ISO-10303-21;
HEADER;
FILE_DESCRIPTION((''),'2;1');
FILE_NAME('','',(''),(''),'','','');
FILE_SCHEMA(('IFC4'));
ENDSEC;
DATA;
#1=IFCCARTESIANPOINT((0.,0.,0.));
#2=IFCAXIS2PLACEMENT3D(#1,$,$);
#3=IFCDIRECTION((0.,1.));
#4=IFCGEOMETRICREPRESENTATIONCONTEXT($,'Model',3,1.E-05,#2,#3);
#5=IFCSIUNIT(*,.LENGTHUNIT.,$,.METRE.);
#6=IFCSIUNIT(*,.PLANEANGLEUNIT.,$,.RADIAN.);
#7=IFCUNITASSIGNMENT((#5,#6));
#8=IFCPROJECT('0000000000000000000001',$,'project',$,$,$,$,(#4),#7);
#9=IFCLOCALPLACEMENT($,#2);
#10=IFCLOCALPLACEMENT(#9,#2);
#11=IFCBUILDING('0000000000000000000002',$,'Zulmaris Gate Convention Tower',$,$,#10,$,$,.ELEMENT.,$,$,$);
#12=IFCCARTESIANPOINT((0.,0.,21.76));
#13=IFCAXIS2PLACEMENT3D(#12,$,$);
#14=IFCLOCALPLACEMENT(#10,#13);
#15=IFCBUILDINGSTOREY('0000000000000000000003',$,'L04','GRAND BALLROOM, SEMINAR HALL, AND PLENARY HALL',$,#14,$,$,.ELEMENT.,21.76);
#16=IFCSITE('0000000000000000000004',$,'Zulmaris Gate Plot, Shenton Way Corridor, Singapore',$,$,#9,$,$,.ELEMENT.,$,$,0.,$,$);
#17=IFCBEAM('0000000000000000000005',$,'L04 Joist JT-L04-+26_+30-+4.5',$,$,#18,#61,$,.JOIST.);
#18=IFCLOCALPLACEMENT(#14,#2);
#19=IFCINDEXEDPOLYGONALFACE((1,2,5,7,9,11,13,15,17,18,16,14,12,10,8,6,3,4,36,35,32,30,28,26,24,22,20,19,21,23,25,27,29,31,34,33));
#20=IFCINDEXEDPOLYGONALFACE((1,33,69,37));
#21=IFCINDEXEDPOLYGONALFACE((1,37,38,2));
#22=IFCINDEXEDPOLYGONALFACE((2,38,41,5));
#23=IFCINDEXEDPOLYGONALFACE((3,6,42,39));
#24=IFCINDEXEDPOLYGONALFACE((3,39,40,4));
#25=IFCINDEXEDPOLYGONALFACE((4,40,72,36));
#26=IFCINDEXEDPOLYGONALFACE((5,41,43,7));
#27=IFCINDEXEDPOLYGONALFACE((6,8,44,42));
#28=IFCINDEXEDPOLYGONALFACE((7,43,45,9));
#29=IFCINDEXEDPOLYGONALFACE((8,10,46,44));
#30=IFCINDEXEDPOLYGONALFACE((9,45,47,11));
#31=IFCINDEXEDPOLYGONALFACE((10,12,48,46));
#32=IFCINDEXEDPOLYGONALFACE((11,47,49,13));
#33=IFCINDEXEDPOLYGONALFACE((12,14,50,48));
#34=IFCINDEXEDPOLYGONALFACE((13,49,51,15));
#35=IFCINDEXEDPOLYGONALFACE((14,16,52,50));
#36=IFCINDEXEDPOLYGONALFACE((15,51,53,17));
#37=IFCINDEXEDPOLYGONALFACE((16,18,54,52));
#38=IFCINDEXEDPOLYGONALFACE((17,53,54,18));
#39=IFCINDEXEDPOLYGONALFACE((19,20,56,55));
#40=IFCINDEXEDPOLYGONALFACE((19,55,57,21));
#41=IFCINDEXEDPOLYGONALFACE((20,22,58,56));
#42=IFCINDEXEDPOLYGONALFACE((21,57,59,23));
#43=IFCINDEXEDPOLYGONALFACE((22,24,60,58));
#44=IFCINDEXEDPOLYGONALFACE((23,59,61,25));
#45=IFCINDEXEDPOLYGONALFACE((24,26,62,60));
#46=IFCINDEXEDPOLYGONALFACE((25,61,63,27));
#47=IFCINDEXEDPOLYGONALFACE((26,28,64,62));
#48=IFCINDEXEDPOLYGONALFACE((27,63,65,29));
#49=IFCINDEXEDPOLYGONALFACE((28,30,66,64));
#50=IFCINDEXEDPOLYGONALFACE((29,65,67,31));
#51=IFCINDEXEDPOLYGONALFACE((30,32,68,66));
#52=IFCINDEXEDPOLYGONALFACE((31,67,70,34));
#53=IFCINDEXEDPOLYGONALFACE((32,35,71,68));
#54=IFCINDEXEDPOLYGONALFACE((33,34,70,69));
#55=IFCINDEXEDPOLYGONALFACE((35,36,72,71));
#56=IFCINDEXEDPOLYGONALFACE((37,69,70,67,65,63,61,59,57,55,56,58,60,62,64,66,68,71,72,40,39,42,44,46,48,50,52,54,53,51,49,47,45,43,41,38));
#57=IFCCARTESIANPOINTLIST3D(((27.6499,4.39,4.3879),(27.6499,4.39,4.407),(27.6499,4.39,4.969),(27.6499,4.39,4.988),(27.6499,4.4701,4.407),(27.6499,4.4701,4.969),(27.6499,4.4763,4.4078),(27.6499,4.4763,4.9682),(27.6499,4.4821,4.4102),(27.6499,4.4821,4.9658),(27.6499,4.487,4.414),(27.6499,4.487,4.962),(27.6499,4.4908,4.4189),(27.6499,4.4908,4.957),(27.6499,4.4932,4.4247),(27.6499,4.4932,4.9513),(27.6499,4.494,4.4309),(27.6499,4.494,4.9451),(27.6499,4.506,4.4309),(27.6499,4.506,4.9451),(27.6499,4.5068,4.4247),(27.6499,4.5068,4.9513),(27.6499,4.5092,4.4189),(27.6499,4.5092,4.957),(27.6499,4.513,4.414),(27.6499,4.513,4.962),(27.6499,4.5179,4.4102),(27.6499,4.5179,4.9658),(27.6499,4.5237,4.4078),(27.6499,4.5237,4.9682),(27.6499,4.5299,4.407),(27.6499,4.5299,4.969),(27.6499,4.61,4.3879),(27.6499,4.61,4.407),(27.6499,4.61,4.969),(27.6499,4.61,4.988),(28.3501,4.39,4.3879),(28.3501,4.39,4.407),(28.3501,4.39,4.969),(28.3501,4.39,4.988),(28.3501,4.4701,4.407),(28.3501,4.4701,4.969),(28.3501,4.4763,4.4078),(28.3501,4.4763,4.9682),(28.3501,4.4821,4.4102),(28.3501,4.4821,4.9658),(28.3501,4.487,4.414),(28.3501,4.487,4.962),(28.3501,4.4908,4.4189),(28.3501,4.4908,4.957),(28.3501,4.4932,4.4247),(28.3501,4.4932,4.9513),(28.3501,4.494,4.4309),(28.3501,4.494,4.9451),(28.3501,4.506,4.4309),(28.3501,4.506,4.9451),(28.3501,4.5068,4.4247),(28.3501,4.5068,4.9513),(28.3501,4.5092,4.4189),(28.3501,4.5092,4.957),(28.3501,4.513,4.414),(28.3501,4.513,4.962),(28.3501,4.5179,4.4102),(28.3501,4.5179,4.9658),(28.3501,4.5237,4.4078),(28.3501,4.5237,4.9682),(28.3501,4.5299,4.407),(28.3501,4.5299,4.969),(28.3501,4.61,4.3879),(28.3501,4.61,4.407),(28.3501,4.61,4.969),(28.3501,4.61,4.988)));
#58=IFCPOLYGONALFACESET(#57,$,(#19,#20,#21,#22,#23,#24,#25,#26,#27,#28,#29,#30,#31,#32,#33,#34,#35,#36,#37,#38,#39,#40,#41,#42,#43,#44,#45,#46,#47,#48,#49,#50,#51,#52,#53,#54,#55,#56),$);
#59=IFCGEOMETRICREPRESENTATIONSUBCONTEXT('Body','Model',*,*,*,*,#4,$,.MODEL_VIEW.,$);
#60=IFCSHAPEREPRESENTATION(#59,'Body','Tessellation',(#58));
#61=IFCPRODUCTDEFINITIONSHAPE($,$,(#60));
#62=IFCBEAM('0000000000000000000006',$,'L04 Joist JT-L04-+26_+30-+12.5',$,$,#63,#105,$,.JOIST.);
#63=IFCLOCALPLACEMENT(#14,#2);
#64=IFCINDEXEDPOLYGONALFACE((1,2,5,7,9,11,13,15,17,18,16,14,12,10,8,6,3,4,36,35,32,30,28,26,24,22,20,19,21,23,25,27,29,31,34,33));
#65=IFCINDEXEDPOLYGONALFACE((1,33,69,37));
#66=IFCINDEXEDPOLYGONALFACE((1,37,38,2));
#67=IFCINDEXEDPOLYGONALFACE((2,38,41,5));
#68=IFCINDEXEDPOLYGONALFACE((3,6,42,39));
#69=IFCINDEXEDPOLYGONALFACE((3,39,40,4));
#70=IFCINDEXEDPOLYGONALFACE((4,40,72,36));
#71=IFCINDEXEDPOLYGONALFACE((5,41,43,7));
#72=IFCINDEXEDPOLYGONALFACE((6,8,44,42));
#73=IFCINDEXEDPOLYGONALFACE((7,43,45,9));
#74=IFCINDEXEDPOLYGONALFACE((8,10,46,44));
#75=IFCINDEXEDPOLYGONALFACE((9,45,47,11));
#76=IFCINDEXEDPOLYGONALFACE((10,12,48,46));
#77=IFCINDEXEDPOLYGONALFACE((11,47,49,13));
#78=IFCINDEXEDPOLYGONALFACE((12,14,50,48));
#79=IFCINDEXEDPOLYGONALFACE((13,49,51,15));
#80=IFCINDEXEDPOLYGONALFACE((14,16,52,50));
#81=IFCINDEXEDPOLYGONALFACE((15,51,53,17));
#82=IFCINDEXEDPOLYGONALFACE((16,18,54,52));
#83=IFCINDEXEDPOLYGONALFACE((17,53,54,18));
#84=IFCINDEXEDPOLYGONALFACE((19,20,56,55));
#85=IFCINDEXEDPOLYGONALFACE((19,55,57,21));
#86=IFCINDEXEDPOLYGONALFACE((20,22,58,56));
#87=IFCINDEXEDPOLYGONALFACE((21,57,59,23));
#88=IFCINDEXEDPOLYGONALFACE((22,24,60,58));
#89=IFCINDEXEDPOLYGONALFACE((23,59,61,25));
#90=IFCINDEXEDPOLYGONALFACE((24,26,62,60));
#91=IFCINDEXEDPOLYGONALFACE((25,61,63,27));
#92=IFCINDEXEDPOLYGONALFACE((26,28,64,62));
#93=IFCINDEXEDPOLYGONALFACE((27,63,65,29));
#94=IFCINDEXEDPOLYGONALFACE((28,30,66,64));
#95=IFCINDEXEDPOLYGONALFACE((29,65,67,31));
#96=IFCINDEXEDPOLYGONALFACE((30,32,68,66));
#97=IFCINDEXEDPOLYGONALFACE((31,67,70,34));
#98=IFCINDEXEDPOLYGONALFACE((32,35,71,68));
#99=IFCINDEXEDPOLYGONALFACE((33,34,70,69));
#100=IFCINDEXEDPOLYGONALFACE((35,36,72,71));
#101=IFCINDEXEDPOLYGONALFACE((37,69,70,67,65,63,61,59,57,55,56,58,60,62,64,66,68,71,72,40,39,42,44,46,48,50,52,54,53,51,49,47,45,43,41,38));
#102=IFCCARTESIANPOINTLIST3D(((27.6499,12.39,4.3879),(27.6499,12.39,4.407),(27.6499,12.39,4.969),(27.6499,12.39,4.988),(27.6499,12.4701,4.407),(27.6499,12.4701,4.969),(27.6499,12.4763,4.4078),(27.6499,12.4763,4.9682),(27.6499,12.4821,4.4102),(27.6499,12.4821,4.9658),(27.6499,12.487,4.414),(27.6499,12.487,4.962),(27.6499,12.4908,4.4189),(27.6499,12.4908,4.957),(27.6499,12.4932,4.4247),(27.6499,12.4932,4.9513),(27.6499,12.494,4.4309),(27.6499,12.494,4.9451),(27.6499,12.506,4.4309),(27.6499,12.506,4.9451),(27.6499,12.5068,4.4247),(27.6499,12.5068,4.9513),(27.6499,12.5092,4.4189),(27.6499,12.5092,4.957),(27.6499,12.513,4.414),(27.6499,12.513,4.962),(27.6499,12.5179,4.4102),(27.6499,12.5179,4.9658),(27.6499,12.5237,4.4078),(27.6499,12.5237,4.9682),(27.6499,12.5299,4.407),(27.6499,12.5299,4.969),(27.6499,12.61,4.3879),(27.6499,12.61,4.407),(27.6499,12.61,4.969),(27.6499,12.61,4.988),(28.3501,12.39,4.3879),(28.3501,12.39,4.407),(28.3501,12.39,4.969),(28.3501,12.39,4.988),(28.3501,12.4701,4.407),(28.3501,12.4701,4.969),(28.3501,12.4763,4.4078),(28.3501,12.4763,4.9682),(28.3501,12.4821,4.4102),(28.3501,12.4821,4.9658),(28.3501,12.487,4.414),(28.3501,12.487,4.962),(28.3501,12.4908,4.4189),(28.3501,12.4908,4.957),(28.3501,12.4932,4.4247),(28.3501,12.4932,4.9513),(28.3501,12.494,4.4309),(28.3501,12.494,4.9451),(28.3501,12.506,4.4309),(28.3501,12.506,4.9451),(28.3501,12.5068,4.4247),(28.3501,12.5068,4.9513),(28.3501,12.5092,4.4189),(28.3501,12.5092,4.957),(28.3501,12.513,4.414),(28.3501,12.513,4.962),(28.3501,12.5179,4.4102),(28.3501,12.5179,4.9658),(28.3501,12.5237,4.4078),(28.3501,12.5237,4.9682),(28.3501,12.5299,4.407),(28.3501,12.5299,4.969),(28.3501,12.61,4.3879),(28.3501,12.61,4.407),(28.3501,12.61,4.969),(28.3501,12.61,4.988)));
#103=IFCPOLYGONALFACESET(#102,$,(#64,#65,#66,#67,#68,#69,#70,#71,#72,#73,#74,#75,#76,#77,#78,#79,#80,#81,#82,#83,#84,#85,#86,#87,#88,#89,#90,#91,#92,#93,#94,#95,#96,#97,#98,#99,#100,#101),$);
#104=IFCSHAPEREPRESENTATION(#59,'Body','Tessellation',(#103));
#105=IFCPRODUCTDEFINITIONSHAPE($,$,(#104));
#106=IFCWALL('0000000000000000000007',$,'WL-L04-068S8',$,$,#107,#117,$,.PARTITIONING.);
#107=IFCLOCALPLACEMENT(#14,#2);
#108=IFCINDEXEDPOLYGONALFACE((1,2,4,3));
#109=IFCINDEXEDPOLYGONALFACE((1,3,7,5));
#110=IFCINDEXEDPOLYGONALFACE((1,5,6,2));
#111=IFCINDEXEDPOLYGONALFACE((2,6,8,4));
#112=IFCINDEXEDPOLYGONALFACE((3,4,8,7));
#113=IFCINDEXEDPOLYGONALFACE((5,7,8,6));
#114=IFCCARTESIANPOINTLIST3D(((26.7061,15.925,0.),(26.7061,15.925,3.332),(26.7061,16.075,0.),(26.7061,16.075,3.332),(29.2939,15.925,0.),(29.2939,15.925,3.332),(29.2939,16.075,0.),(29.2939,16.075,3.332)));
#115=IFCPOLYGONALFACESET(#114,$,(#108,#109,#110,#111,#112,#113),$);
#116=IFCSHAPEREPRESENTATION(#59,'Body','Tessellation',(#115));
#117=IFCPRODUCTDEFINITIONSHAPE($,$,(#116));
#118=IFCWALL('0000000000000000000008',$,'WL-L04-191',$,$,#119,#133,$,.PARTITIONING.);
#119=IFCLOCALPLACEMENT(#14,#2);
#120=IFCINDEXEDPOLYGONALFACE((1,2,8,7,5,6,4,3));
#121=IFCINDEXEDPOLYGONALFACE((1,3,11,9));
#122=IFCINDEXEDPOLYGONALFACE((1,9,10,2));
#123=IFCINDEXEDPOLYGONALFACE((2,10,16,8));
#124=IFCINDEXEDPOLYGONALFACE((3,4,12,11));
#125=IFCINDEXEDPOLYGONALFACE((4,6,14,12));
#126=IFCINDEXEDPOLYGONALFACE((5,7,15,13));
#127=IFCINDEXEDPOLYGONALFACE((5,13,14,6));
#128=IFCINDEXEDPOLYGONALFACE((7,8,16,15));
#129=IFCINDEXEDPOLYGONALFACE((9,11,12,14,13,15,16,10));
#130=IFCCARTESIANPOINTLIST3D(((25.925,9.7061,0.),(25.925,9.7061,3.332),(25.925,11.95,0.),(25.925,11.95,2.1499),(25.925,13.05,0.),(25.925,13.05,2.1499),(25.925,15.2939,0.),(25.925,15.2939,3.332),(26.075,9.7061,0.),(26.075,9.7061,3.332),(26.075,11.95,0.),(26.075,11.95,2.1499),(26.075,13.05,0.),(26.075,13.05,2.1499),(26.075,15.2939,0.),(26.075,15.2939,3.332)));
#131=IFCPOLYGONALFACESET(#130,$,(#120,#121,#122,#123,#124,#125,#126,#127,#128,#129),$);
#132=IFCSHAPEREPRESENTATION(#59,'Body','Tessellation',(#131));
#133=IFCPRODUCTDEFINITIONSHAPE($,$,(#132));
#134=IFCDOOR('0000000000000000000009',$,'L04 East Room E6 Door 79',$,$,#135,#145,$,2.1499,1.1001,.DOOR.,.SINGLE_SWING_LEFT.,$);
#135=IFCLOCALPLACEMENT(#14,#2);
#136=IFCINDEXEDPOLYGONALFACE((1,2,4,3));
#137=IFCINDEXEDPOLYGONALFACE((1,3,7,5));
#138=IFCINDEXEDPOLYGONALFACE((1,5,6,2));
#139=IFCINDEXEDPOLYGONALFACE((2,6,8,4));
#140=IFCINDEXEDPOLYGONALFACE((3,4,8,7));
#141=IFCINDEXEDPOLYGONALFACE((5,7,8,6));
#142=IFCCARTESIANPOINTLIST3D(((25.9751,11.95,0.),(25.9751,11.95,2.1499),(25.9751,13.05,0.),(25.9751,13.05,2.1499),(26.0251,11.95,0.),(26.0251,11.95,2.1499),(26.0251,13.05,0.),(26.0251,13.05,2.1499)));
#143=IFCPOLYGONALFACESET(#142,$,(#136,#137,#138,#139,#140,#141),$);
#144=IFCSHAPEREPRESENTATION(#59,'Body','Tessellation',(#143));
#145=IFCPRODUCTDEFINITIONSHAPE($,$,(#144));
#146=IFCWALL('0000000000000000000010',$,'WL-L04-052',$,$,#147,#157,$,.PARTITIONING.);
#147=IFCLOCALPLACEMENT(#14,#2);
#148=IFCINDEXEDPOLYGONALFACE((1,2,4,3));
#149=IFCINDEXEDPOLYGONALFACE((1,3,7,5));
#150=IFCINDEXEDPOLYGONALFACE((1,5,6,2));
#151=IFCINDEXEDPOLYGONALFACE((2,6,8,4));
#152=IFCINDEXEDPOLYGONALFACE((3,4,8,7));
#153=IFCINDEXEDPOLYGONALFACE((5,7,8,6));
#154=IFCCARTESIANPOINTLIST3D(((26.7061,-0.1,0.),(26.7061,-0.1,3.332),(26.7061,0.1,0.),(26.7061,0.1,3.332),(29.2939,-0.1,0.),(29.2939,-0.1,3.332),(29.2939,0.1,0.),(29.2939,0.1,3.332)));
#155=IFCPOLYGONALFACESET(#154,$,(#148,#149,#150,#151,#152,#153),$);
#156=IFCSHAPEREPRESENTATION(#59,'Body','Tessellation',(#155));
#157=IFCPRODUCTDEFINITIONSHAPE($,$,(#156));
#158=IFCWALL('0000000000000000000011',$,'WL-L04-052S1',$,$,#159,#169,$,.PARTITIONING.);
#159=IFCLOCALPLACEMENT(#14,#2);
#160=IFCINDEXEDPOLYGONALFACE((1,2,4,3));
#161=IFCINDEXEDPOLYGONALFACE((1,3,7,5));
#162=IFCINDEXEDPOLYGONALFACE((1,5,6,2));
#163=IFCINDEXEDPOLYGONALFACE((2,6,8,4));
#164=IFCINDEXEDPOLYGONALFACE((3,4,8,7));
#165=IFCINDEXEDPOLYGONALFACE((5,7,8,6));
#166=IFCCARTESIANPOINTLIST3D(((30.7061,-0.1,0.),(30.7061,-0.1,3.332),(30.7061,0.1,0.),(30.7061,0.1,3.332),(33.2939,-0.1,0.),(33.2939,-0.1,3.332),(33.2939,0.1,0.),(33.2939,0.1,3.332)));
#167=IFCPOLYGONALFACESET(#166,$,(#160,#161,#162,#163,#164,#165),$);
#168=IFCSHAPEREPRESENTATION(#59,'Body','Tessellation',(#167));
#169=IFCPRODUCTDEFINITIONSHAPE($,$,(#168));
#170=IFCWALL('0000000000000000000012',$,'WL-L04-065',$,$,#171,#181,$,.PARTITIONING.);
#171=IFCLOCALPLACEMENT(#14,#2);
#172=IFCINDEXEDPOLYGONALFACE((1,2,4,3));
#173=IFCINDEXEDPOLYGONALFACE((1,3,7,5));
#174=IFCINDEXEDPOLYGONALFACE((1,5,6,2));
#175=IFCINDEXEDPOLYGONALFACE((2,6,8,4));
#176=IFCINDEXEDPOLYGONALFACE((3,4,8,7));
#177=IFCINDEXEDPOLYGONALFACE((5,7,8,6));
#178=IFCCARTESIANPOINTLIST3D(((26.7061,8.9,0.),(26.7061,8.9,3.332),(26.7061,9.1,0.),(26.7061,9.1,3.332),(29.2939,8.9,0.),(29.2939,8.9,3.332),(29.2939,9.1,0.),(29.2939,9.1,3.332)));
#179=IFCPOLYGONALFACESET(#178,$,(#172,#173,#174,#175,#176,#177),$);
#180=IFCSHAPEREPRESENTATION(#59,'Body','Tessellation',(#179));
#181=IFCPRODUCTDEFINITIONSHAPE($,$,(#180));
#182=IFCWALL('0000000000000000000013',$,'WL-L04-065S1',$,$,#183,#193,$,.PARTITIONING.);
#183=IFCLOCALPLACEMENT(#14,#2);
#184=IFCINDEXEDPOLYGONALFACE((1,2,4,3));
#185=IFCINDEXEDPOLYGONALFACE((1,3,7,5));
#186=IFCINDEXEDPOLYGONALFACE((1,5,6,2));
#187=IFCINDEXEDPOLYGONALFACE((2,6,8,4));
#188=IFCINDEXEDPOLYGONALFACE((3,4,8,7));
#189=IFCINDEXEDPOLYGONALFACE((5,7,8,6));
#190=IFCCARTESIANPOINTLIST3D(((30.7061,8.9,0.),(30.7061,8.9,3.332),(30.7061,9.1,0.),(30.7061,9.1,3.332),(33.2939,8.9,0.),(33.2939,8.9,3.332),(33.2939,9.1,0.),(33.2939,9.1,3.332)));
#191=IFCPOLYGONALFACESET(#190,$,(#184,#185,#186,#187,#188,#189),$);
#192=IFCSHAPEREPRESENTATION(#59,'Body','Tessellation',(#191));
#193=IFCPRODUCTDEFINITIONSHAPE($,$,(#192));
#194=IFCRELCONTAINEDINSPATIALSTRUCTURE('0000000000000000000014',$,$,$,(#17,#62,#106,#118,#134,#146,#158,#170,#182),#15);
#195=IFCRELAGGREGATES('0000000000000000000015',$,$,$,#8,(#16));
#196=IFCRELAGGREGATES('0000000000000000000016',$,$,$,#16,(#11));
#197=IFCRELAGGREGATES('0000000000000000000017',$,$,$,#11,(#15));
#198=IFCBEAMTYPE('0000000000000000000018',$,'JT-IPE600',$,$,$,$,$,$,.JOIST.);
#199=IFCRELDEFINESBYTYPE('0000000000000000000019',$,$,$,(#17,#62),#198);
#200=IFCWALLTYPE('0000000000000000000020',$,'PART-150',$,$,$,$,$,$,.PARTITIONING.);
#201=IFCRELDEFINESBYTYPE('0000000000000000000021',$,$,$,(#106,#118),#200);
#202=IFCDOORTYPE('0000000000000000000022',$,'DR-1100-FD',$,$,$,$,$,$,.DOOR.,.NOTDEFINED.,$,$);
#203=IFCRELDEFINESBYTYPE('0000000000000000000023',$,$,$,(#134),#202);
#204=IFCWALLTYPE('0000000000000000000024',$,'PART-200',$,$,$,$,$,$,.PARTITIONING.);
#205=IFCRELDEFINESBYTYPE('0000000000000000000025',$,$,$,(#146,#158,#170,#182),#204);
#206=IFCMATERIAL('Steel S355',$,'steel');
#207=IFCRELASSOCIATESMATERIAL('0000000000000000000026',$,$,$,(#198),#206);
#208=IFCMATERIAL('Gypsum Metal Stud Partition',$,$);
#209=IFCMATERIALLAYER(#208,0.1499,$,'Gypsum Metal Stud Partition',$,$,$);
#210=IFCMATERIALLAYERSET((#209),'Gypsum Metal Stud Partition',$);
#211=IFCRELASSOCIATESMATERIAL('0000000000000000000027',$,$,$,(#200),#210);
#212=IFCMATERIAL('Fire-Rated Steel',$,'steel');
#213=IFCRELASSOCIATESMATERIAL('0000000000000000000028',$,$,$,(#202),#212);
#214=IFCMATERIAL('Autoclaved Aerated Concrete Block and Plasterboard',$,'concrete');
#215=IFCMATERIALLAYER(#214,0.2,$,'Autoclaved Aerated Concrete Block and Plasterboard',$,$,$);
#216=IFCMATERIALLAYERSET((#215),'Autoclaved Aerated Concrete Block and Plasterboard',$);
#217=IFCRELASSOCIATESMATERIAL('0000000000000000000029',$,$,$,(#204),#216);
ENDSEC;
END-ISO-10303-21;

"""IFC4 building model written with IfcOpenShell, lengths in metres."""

from ifc_helpers import new_model, si_unit, direction, frame, frame_2d, origin, origin_2d, place, context, subcontext, project, spatial, rectangle, i_section, extrude, material, layer, layer_set, material_profile, profile_set, type_object, element, fill, save


model = new_model("IFC4")

# Units and contexts
model_context = context("Model", 3, precision=1e-05, world=origin(), true_north=direction((0.0, 1.0)))
body_context = subcontext(model_context, "Body", "Model", "MODEL_VIEW")
ifc_project = project(units=[si_unit("LENGTHUNIT", "METRE"), si_unit("PLANEANGLEUNIT", "RADIAN")], contexts=[model_context])

# Site, building, storey
site_placement = place(None, origin())
site = spatial("IfcSite", under=ifc_project, at=site_placement, Name="Zulmaris Gate Plot, Shenton Way Corridor, Singapore", CompositionType="ELEMENT", RefElevation=0.0)
building_placement = place(site_placement, origin())
building = spatial("IfcBuilding", under=site, at=building_placement, Name="Zulmaris Gate Convention Tower", CompositionType="ELEMENT")
storey_placement = place(building_placement, frame((0.0, 0.0, 21.76)))
storey = spatial("IfcBuildingStorey", under=building, at=storey_placement, Name="L04", Description="GRAND BALLROOM, SEMINAR HALL, AND PLENARY HALL", CompositionType="ELEMENT", Elevation=21.76)

# Beams
ifc_material_1 = material(Name="Steel S355", Category="steel")
ifc_material_profile_1 = material_profile(ifc_material_1, i_section(OverallWidth=0.22, OverallDepth=0.6001, WebThickness=0.012, FlangeThickness=0.019, FilletRadius=0.0239, at=origin_2d()), Name="IPE 600")
ifc_profile_set_1 = profile_set([ifc_material_profile_1], Name="Steel S355")
beam_type_1 = type_object("IfcBeamType", Name="JT-IPE600", PredefinedType="JOIST", material=ifc_profile_set_1)
for number, where, z_axis, x_axis, name in (
    (1, (27.6499, 4.5, 4.688), (1.0, 0.0, 0.0), (0.0, 1.0, 0.0), "L04 Joist JT-L04-+26_+30-+4.5"),
    (2, (27.6499, 12.5, 4.688), (1.0, 0.0, 0.0), (0.0, 1.0, 0.0), "L04 Joist JT-L04-+26_+30-+12.5"),
):
    element("IfcBeam", number, at=place(storey_placement, frame(where, z_axis=z_axis, x_axis=x_axis)), inside=storey, type_object=beam_type_1, Name=name, PredefinedType="JOIST", context=body_context, shape_type="SweptSolid", body=[
        extrude(i_section(OverallWidth=0.22, OverallDepth=0.6001, WebThickness=0.012, FlangeThickness=0.019, FilletRadius=0.0239, at=origin_2d()), origin(), (0.0, 0.0, 1.0), 0.7002),
    ])

# Wall
ifc_material_2 = material(Name="Gypsum Metal Stud Partition")
ifc_layer_1 = layer(ifc_material_2, 0.1499, Name="Gypsum Metal Stud Partition")
ifc_layer_set_1 = layer_set([ifc_layer_1], Name="Gypsum Metal Stud Partition")
wall_type_1 = type_object("IfcWallType", Name="PART-150", PredefinedType="PARTITIONING", material=ifc_layer_set_1)
wall_1_placement = place(storey_placement, frame((26.7061, 16.0, 0.0), z_axis=(0.0, 0.0, 1.0), x_axis=(1.0, 0.0, 0.0)))
element("IfcWall", 3, at=wall_1_placement, inside=storey, type_object=wall_type_1, Name="WL-L04-068S8", PredefinedType="PARTITIONING", context=body_context, shape_type="SweptSolid", body=[
    extrude(rectangle(XDim=2.5879, YDim=0.1499, at=frame_2d((1.2939, 0.0))), origin(), (0.0, 0.0, 1.0), 3.332),
])

# Wall, opening, door
wall_2_placement = place(storey_placement, frame((26.0, 9.7061, 0.0), z_axis=(0.0, 0.0, 1.0), x_axis=(0.0, 1.0, 0.0)))
wall_2 = element("IfcWall", 4, at=wall_2_placement, inside=storey, type_object=wall_type_1, Name="WL-L04-191", PredefinedType="PARTITIONING", context=body_context, shape_type="SweptSolid", body=[
    extrude(rectangle(XDim=5.5879, YDim=0.1499, at=frame_2d((2.7939, 0.0))), origin(), (0.0, 0.0, 1.0), 3.332),
])
opening_1_placement = place(wall_2_placement, frame((2.2439, 0.0, 0.0)))
opening_1 = element("IfcOpeningElement", 5, at=opening_1_placement, cuts=wall_2, PredefinedType="OPENING", context=body_context, shape_type="SweptSolid", body=[
    extrude(rectangle(XDim=1.1001, YDim=2.1499, at=frame_2d((0.55, 1.075))), frame((0.0, 0.085, 0.0), z_axis=(0.0, -1.0, 0.0), x_axis=(1.0, 0.0, 0.0)), (0.0, 0.0, 1.0), 0.1699),
])
ifc_material_3 = material(Name="Fire-Rated Steel", Category="steel")
door_type = type_object("IfcDoorType", Name="DR-1100-FD", OperationType="NOTDEFINED", PredefinedType="DOOR", material=ifc_material_3)
door_placement = place(opening_1_placement, origin())
door = element("IfcDoor", 6, at=door_placement, inside=storey, type_object=door_type, Name="L04 East Room E6 Door 79", OperationType="SINGLE_SWING_LEFT", OverallHeight=2.1499, OverallWidth=1.1001, PredefinedType="DOOR", context=body_context, shape_type="SweptSolid", body=[
    extrude(rectangle(XDim=1.1001, YDim=2.1499, at=frame_2d((0.55, 1.075))), frame((0.0, 0.0249, 0.0), z_axis=(0.0, -1.0, 0.0), x_axis=(1.0, 0.0, 0.0)), (0.0, 0.0, 1.0), 0.05),
])
fill(opening_1, door)

# Walls
ifc_material_4 = material(Name="Autoclaved Aerated Concrete Block and Plasterboard", Category="concrete")
ifc_layer_2 = layer(ifc_material_4, 0.2, Name="Autoclaved Aerated Concrete Block and Plasterboard")
ifc_layer_set_2 = layer_set([ifc_layer_2], Name="Autoclaved Aerated Concrete Block and Plasterboard")
wall_type_2 = type_object("IfcWallType", Name="PART-200", PredefinedType="PARTITIONING", material=ifc_layer_set_2)
for number, where, z_axis, x_axis, name in (
    (7, (26.7061, 0.0, 0.0), (0.0, 0.0, 1.0), (1.0, 0.0, 0.0), "WL-L04-052"),
    (8, (30.7061, 0.0, 0.0), (0.0, 0.0, 1.0), (1.0, 0.0, 0.0), "WL-L04-052S1"),
    (9, (26.7061, 9.0, 0.0), (0.0, 0.0, 1.0), (1.0, 0.0, 0.0), "WL-L04-065"),
    (10, (30.7061, 9.0, 0.0), (0.0, 0.0, 1.0), (1.0, 0.0, 0.0), "WL-L04-065S1"),
):
    element("IfcWall", number, at=place(storey_placement, frame(where, z_axis=z_axis, x_axis=x_axis)), inside=storey, type_object=wall_type_2, Name=name, PredefinedType="PARTITIONING", context=body_context, shape_type="SweptSolid", body=[
        extrude(rectangle(XDim=2.5879, YDim=0.2, at=frame_2d((1.2939, 0.0))), origin(), (0.0, 0.0, 1.0), 3.332),
    ])

save(model, "model.ifc")
